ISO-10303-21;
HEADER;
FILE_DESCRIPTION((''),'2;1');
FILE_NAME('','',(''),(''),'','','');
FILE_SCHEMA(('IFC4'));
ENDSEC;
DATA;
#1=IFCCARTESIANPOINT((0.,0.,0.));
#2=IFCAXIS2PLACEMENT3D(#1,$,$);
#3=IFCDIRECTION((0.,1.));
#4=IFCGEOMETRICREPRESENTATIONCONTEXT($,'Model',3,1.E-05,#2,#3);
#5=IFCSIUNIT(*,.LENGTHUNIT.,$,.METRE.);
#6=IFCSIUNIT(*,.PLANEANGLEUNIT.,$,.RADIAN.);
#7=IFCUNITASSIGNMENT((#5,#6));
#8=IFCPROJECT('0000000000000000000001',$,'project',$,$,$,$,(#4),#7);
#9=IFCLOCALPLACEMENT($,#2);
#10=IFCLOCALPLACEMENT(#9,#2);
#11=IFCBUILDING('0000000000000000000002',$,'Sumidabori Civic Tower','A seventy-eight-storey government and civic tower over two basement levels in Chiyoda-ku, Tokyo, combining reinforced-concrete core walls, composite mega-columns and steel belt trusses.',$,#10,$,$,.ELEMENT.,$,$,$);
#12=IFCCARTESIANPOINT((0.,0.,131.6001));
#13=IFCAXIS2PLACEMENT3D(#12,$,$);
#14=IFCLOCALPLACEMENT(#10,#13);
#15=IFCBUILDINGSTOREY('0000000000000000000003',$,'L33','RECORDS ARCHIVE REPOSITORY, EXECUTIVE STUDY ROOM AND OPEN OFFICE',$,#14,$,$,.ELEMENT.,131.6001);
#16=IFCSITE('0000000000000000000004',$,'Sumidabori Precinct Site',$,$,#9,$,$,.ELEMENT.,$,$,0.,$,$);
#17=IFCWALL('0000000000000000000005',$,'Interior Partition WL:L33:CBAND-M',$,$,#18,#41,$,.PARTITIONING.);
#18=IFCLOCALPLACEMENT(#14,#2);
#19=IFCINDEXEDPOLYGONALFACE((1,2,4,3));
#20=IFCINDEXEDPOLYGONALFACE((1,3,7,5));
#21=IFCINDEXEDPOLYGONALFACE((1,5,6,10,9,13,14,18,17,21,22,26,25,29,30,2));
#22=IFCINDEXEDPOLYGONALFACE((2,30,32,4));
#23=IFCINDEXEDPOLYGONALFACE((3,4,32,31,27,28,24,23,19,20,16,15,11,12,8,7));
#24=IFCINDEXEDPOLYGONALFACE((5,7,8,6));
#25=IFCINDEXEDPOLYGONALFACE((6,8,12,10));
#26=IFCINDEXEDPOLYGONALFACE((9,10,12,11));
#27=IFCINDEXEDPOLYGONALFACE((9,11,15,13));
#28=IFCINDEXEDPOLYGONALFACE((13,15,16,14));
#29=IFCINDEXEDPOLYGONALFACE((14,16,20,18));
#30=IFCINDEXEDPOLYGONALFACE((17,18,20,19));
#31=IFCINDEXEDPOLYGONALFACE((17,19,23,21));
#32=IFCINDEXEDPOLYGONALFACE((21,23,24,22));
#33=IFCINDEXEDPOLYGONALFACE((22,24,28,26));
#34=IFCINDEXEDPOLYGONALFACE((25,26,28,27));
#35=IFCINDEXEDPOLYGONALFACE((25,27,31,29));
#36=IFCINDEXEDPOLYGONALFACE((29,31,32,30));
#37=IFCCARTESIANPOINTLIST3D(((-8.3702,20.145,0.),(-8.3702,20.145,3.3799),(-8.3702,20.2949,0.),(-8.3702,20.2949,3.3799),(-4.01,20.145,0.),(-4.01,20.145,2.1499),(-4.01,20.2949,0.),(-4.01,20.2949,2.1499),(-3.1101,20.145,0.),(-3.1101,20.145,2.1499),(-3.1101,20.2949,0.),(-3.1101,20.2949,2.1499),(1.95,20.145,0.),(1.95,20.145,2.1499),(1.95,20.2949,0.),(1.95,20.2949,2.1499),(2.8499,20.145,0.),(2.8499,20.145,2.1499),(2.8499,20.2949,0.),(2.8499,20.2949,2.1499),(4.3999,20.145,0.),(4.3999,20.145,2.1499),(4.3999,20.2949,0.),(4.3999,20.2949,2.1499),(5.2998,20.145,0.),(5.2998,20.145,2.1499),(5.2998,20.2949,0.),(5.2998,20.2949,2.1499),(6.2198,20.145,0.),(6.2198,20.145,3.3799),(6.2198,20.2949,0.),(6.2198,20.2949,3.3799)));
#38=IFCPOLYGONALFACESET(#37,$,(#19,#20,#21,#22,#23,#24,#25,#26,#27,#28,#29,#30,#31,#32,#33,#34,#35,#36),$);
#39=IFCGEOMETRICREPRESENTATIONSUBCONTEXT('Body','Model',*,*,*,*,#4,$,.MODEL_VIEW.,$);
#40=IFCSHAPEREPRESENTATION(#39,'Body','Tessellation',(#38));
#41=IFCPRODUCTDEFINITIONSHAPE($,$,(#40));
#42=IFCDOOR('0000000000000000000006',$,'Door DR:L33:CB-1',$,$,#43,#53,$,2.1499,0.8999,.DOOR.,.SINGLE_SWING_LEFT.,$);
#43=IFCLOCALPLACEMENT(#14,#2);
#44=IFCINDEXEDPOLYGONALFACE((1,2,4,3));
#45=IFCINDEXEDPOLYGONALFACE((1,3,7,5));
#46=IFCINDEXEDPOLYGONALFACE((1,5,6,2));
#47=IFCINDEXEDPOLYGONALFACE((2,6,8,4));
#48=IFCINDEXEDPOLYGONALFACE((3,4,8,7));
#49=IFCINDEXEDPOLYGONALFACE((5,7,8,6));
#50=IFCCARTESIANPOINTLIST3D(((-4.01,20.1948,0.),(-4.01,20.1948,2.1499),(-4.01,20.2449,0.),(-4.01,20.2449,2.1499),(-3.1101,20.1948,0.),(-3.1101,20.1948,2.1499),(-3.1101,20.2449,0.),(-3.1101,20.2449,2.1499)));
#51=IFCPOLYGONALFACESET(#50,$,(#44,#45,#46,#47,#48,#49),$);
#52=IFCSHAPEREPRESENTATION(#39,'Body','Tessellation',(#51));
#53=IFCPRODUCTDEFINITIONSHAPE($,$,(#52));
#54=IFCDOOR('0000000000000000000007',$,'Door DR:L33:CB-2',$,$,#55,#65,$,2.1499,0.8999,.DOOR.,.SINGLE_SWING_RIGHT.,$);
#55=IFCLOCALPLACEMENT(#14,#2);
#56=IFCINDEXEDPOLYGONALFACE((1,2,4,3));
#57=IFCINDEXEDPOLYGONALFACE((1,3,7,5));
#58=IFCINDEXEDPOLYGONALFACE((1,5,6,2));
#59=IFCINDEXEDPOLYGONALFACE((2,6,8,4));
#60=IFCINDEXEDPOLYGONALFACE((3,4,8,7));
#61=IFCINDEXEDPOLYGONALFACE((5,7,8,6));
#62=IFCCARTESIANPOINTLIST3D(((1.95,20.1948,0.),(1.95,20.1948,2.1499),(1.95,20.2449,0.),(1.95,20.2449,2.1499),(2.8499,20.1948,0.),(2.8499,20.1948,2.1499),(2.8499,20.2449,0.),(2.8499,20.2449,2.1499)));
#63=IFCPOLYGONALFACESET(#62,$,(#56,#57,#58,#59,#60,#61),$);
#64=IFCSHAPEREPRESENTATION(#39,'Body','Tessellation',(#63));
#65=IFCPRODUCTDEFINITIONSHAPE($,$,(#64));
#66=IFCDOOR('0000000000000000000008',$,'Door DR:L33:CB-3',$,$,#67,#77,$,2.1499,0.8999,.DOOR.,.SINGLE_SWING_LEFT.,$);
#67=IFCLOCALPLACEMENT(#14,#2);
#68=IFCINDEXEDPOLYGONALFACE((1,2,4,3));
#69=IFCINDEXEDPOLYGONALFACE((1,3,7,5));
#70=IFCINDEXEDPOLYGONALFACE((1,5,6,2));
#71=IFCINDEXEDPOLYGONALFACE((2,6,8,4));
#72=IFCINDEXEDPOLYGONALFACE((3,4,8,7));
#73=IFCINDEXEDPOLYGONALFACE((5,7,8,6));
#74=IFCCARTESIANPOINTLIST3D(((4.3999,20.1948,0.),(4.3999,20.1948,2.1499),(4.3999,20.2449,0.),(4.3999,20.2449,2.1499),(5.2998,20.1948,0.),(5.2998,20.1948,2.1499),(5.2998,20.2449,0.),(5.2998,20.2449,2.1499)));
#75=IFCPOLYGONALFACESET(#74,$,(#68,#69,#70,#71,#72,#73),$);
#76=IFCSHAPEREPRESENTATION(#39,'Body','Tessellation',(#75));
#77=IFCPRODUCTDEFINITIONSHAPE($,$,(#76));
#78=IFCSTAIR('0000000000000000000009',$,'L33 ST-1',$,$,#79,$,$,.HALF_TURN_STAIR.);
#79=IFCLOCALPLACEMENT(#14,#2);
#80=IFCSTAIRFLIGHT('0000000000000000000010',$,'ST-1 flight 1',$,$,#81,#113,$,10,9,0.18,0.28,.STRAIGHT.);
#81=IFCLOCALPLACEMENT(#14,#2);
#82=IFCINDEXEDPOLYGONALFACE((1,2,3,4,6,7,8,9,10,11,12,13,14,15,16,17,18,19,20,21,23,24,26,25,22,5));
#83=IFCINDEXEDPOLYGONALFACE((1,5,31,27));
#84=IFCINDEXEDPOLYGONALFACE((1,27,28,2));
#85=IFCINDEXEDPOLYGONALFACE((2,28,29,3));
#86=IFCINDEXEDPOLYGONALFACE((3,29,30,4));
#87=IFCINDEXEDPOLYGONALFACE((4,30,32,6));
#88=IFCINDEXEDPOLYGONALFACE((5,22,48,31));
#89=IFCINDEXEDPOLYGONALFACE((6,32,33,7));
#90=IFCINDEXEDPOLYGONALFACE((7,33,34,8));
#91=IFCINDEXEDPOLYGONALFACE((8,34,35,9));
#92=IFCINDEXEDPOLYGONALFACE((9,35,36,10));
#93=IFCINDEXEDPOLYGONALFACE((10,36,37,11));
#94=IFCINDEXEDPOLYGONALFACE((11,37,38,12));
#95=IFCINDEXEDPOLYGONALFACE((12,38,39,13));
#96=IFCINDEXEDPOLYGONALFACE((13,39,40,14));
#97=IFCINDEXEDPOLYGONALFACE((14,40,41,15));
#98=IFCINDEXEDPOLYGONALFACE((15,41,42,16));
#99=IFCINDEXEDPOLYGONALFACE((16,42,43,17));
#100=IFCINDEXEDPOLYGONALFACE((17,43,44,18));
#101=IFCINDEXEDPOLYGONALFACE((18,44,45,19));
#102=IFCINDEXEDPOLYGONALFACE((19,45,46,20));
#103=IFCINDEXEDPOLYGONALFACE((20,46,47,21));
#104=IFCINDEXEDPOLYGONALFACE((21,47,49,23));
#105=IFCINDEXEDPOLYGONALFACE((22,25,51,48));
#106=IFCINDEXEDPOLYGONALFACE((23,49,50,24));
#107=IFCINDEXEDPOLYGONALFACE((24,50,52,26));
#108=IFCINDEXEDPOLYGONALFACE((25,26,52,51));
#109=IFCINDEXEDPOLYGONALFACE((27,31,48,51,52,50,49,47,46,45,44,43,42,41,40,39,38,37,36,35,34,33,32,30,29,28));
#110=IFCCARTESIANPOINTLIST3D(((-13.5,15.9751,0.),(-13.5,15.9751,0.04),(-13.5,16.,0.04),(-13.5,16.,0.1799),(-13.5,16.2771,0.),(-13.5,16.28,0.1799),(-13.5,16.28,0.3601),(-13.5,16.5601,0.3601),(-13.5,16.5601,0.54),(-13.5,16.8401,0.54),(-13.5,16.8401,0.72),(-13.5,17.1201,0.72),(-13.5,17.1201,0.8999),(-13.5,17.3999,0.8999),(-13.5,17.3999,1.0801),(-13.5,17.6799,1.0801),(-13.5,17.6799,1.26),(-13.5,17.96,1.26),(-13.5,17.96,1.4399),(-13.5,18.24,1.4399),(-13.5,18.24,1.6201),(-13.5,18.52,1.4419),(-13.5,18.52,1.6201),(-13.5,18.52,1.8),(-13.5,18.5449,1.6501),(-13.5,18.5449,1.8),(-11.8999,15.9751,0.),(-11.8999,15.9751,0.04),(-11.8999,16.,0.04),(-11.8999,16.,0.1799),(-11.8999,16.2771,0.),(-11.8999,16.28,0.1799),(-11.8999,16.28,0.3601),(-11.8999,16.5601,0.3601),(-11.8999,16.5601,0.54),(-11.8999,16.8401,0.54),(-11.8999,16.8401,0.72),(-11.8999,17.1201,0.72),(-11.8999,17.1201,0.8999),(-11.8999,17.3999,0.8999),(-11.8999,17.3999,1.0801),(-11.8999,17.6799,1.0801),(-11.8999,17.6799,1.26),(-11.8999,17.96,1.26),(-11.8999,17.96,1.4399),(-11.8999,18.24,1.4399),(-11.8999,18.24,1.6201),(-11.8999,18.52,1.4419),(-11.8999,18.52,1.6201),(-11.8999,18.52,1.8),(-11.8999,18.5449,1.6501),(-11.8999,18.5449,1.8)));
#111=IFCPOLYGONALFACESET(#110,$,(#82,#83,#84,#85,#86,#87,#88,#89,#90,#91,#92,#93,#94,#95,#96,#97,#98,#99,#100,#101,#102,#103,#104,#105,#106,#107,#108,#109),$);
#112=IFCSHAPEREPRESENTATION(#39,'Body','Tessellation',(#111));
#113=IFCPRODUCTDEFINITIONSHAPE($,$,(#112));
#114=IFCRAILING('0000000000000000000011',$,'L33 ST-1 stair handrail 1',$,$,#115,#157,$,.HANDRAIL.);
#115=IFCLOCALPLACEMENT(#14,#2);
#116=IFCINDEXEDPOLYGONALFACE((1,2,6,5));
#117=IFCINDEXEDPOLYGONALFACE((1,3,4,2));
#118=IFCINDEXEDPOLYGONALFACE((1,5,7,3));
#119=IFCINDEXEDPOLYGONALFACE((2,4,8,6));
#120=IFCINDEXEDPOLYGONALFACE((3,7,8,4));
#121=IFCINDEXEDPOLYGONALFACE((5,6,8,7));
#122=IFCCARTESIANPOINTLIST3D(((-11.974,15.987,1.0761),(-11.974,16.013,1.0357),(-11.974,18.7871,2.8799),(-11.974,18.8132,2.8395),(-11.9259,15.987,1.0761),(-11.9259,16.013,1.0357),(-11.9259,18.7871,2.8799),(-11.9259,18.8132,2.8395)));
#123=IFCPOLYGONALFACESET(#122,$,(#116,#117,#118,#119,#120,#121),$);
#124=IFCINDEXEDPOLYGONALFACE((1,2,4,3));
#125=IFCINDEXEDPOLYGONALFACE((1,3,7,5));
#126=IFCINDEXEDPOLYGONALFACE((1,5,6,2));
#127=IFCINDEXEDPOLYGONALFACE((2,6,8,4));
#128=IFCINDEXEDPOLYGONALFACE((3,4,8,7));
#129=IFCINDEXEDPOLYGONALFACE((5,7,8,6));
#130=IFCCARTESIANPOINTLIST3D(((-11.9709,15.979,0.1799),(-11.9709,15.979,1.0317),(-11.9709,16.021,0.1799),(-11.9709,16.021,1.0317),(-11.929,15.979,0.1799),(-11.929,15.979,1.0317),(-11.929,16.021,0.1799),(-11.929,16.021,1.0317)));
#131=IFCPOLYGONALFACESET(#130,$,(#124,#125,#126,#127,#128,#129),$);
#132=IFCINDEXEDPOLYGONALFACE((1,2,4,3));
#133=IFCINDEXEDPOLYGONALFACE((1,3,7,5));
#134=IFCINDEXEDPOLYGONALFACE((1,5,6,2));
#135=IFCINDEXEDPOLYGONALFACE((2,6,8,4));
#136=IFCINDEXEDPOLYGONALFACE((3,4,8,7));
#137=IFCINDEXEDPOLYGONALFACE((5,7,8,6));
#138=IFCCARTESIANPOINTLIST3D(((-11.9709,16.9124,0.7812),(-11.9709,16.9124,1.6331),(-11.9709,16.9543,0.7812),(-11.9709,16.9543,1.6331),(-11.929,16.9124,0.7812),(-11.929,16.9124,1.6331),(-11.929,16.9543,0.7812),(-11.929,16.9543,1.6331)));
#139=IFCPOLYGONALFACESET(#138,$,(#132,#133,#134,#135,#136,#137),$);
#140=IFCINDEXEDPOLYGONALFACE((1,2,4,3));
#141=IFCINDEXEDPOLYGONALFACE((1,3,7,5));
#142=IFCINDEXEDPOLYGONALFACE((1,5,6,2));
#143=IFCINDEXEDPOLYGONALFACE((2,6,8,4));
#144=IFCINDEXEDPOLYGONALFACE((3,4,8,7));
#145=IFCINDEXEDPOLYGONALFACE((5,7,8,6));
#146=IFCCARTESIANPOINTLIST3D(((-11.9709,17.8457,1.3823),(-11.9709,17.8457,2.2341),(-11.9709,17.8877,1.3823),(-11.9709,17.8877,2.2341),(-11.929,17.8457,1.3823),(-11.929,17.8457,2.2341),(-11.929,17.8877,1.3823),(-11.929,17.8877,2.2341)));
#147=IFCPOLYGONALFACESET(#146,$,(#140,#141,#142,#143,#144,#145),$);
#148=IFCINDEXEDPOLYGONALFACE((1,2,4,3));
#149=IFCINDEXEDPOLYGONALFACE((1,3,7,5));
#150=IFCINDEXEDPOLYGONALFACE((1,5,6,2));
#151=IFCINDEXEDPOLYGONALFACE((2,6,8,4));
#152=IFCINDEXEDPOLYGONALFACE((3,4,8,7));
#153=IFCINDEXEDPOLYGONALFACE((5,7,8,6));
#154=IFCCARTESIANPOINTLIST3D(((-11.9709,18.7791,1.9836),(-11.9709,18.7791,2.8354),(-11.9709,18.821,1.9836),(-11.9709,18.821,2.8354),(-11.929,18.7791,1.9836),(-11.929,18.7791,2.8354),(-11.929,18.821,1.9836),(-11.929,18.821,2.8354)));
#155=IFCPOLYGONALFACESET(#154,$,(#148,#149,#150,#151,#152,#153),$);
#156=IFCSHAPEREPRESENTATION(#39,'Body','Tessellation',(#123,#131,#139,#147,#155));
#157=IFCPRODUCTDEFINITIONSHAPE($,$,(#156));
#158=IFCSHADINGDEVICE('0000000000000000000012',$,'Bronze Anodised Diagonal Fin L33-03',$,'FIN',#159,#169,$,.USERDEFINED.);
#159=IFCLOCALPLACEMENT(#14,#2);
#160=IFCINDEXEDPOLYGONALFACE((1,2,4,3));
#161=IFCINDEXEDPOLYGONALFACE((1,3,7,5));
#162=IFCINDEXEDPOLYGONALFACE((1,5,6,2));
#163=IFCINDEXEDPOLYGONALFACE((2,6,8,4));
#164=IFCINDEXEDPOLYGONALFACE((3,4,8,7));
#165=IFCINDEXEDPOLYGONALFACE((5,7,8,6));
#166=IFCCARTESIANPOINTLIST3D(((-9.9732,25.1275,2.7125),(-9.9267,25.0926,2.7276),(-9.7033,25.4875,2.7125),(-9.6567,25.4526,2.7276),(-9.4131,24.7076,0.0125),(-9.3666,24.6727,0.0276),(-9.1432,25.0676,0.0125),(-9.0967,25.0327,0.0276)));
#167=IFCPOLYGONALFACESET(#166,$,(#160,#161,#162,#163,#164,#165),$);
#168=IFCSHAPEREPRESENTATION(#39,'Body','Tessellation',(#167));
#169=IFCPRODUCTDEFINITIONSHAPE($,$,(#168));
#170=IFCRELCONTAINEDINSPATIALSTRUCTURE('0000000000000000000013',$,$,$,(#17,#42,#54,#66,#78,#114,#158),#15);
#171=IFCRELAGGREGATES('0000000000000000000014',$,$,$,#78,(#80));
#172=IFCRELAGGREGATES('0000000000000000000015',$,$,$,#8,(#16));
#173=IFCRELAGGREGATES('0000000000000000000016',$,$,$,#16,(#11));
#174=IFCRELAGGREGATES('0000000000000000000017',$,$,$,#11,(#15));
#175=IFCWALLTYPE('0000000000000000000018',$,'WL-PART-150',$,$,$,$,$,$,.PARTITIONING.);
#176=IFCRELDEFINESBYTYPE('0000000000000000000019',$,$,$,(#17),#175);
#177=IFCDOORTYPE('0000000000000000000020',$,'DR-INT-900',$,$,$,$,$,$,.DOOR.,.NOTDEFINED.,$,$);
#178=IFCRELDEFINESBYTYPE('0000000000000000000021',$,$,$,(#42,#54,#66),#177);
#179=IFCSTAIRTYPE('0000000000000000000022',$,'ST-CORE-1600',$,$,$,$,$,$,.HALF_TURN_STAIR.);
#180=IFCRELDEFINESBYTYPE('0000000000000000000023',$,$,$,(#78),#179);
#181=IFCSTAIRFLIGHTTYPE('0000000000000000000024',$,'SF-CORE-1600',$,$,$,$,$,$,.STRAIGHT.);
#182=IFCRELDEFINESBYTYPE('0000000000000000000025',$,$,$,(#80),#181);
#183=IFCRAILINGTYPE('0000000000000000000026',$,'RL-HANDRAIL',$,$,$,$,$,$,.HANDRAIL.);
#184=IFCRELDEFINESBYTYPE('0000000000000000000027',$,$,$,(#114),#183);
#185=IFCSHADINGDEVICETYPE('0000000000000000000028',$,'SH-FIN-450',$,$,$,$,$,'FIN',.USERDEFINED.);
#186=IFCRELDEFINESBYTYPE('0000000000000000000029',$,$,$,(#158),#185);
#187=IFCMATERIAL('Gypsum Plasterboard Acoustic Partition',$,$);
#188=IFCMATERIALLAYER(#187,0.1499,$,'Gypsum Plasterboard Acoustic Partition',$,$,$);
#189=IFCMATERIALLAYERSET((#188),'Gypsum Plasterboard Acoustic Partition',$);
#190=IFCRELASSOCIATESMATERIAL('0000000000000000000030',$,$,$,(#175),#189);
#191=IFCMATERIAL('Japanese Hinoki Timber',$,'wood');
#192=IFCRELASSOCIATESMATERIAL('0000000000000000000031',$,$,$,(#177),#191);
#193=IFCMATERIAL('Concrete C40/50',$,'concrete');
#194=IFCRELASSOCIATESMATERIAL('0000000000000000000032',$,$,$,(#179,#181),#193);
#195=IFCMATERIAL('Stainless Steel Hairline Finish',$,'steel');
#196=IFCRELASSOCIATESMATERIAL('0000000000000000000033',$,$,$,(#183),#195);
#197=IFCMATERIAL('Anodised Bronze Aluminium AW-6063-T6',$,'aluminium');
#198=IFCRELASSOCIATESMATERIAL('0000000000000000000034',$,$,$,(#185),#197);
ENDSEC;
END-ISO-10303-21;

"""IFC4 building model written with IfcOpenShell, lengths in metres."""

from ifc_helpers import new_model, si_unit, direction, frame, frame_2d, origin, origin_2d, place, context, subcontext, project, spatial, polyline, rectangle, outline, extrude, source, transform, mapped, material, layer, layer_set, material_profile, profile_set, type_object, element, fill, aggregate, save


model = new_model("IFC4")

# Units and contexts
model_context = context("Model", 3, precision=1e-05, world=origin(), true_north=direction((0.0, 1.0)))
body_context = subcontext(model_context, "Body", "Model", "MODEL_VIEW")
ifc_project = project(units=[si_unit("LENGTHUNIT", "METRE"), si_unit("PLANEANGLEUNIT", "RADIAN")], contexts=[model_context])

# Site, building, storey
site_placement = place(None, origin())
site = spatial("IfcSite", under=ifc_project, at=site_placement, Name="Sumidabori Precinct Site", CompositionType="ELEMENT", RefElevation=0.0)
building_placement = place(site_placement, origin())
building = spatial("IfcBuilding", under=site, at=building_placement, Name="Sumidabori Civic Tower", Description="A seventy-eight-storey government and civic tower over two basement levels in Chiyoda-ku, Tokyo, combining reinforced-concrete core walls, composite mega-columns and steel belt trusses.", CompositionType="ELEMENT")
storey_placement = place(building_placement, frame((0.0, 0.0, 131.6001)))
storey = spatial("IfcBuildingStorey", under=building, at=storey_placement, Name="L33", Description="RECORDS ARCHIVE REPOSITORY, EXECUTIVE STUDY ROOM AND OPEN OFFICE", CompositionType="ELEMENT", Elevation=131.6001)

# Shared definitions
ifc_material_1 = material(Name="Anodised Bronze Aluminium AW-6063-T6", Category="aluminium")

# Shared definitions
ifc_material_2 = material(Name="Gypsum Plasterboard Acoustic Partition")
ifc_layer_1 = layer(ifc_material_2, 0.1499, Name="Gypsum Plasterboard Acoustic Partition")
ifc_layer_set_1 = layer_set([ifc_layer_1], Name="Gypsum Plasterboard Acoustic Partition")
wall_type_1 = type_object("IfcWallType", Name="WL-PART-150", PredefinedType="PARTITIONING", material=ifc_layer_set_1)

# Wall, openings, doors
shared_shape_1 = source(origin(), body_context, "Body", "SweptSolid", [
    extrude(rectangle(XDim=14.5901, YDim=0.1499, at=frame_2d((7.2949, 0.0))), origin(), (0.0, 0.0, 1.0), 3.3799),
])
wall_1_placement = place(storey_placement, frame((-8.3701, 20.22, 0.0), z_axis=(0.0, 0.0, 1.0), x_axis=(1.0, 0.0, 0.0)))
wall_1 = element("IfcWall", 1, at=wall_1_placement, inside=storey, type_object=wall_type_1, Name="Interior Partition WL:L33:CBAND-M", PredefinedType="PARTITIONING", context=body_context, shape_type="MappedRepresentation", body=[
    mapped(shared_shape_1, transform((0.0, 0.0, 0.0), x_axis=(1.0, 0.0, 0.0), y_axis=(0.0, 1.0, 0.0), z_axis=(0.0, 0.0, 1.0), scale=1.0)),
])
opening_1_placement = place(wall_1_placement, frame((4.3601, 0.0, 0.0)))
opening_1 = element("IfcOpeningElement", 2, at=opening_1_placement, cuts=wall_1, PredefinedType="OPENING", context=body_context, shape_type="SweptSolid", body=[
    extrude(rectangle(XDim=0.8999, YDim=2.1499, at=frame_2d((0.45, 1.075))), frame((0.0, 0.0869, 0.0), z_axis=(0.0, -1.0, 0.0), x_axis=(1.0, 0.0, 0.0)), (0.0, 0.0, 1.0), 0.1738),
])
opening_2_placement = place(wall_1_placement, frame((10.3201, 0.0, 0.0)))
opening_2 = element("IfcOpeningElement", 3, at=opening_2_placement, cuts=wall_1, PredefinedType="OPENING", context=body_context, shape_type="SweptSolid", body=[
    extrude(rectangle(XDim=0.8999, YDim=2.1499, at=frame_2d((0.45, 1.075))), frame((0.0, 0.0869, 0.0), z_axis=(0.0, -1.0, 0.0), x_axis=(1.0, 0.0, 0.0)), (0.0, 0.0, 1.0), 0.1738),
])
opening_3_placement = place(wall_1_placement, frame((12.77, 0.0, 0.0)))
opening_3 = element("IfcOpeningElement", 4, at=opening_3_placement, cuts=wall_1, PredefinedType="OPENING", context=body_context, shape_type="SweptSolid", body=[
    extrude(rectangle(XDim=0.8999, YDim=2.1499, at=frame_2d((0.45, 1.075))), frame((0.0, 0.0869, 0.0), z_axis=(0.0, -1.0, 0.0), x_axis=(1.0, 0.0, 0.0)), (0.0, 0.0, 1.0), 0.1738),
])
ifc_material_3 = material(Name="Japanese Hinoki Timber", Category="wood")
door_type = type_object("IfcDoorType", Name="DR-INT-900", OperationType="NOTDEFINED", PredefinedType="DOOR", material=ifc_material_3)
shared_shape_2 = source(origin(), body_context, "Body", "SweptSolid", [
    extrude(rectangle(XDim=0.8999, YDim=2.1499, at=frame_2d((0.45, 1.075))), frame((0.0, 0.0249, 0.0), z_axis=(0.0, -1.0, 0.0), x_axis=(1.0, 0.0, 0.0)), (0.0, 0.0, 1.0), 0.05),
])
door_1_placement = place(opening_1_placement, origin())
door_1 = element("IfcDoor", 5, at=door_1_placement, inside=storey, type_object=door_type, Name="Door DR:L33:CB-1", OperationType="SINGLE_SWING_LEFT", OverallHeight=2.1499, OverallWidth=0.8999, PredefinedType="DOOR", context=body_context, shape_type="MappedRepresentation", body=[
    mapped(shared_shape_2, transform((0.0, 0.0, 0.0), x_axis=(1.0, 0.0, 0.0), y_axis=(0.0, 1.0, 0.0), z_axis=(0.0, 0.0, 1.0), scale=1.0)),
])
fill(opening_1, door_1)
door_2_placement = place(opening_2_placement, origin())
door_2 = element("IfcDoor", 6, at=door_2_placement, inside=storey, type_object=door_type, Name="Door DR:L33:CB-2", OperationType="SINGLE_SWING_RIGHT", OverallHeight=2.1499, OverallWidth=0.8999, PredefinedType="DOOR", context=body_context, shape_type="MappedRepresentation", body=[
    mapped(shared_shape_2, transform((0.0, 0.0, 0.0), x_axis=(1.0, 0.0, 0.0), y_axis=(0.0, 1.0, 0.0), z_axis=(0.0, 0.0, 1.0), scale=1.0)),
])
fill(opening_2, door_2)
door_3_placement = place(opening_3_placement, origin())
door_3 = element("IfcDoor", 7, at=door_3_placement, inside=storey, type_object=door_type, Name="Door DR:L33:CB-3", OperationType="SINGLE_SWING_LEFT", OverallHeight=2.1499, OverallWidth=0.8999, PredefinedType="DOOR", context=body_context, shape_type="MappedRepresentation", body=[
    mapped(shared_shape_2, transform((0.0, 0.0, 0.0), x_axis=(1.0, 0.0, 0.0), y_axis=(0.0, 1.0, 0.0), z_axis=(0.0, 0.0, 1.0), scale=1.0)),
])
fill(opening_3, door_3)

# Stair, stair flight
ifc_material_4 = material(Name="Concrete C40/50", Category="concrete")
stair_type = type_object("IfcStairType", Name="ST-CORE-1600", PredefinedType="HALF_TURN_STAIR", material=ifc_material_4)
stair_placement = place(storey_placement, origin())
stair = element("IfcStair", 8, at=stair_placement, inside=storey, type_object=stair_type, Name="L33 ST-1", PredefinedType="HALF_TURN_STAIR")
stair_flight_type = type_object("IfcStairFlightType", Name="SF-CORE-1600", PredefinedType="STRAIGHT", material=ifc_material_4)
shared_shape_3 = source(origin(), body_context, "Body", "SweptSolid", [
    extrude(outline(polyline([(-0.0249, 0.0), (-0.0249, 0.04), (0.0, 0.04), (0.0, 0.1799), (0.28, 0.1799), (0.28, 0.3601), (0.5601, 0.3601), (0.5601, 0.54), (0.8401, 0.54), (0.8401, 0.72), (1.1201, 0.72), (1.1201, 0.8999), (1.3999, 0.8999), (1.3999, 1.0801), (1.6799, 1.0801), (1.6799, 1.26), (1.96, 1.26), (1.96, 1.4399), (2.24, 1.4399), (2.24, 1.6201), (2.52, 1.6201), (2.52, 1.8), (2.5449, 1.8), (2.5449, 1.6501), (2.52, 1.4419), (0.2771, 0.0), (-0.0249, 0.0)])), frame((0.0, 0.8, 0.0), z_axis=(0.0, -1.0, 0.0), x_axis=(1.0, 0.0, 0.0)), (0.0, 0.0, 1.0), 1.6001),
])
stair_flight_placement = place(storey_placement, frame((-12.7, 16.0, 0.0), z_axis=(0.0, 0.0, 1.0), x_axis=(0.0, 1.0, 0.0)))
stair_flight = element("IfcStairFlight", 9, at=stair_flight_placement, type_object=stair_flight_type, Name="ST-1 flight 1", NumberOfRisers=10, NumberOfTreads=9, PredefinedType="STRAIGHT", RiserHeight=0.18, TreadLength=0.28, context=body_context, shape_type="MappedRepresentation", body=[
    mapped(shared_shape_3, transform((0.0, 0.0, 0.0), x_axis=(1.0, 0.0, 0.0), y_axis=(0.0, 1.0, 0.0), z_axis=(0.0, 0.0, 1.0), scale=1.0)),
])
aggregate(stair, [stair_flight])

# Railing
ifc_material_5 = material(Name="Stainless Steel Hairline Finish", Category="steel")
railing_type = type_object("IfcRailingType", Name="RL-HANDRAIL", PredefinedType="HANDRAIL", material=ifc_material_5)
railing_placement = place(storey_placement, frame((-11.95, 16.0, 0.1799)))
element("IfcRailing", 10, at=railing_placement, inside=storey, type_object=railing_type, Name="L33 ST-1 stair handrail 1", PredefinedType="HANDRAIL", context=body_context, shape_type="SweptSolid", body=[
    extrude(rectangle(XDim=0.0481, YDim=0.0481, at=origin_2d()), frame((0.0, 0.0, 0.876), z_axis=(0.0, 0.840676, 0.541539), x_axis=(-1.0, 0.0, 0.0)), (0.0, 0.0, 1.0), 3.3308),
    extrude(rectangle(XDim=0.042, YDim=0.042, at=origin_2d()), origin(), (0.0, 0.0, 1.0), 0.8518),
    extrude(rectangle(XDim=0.042, YDim=0.042, at=origin_2d()), frame((0.0, 0.9333, 0.6013)), (0.0, 0.0, 1.0), 0.8518),
    extrude(rectangle(XDim=0.042, YDim=0.042, at=origin_2d()), frame((0.0, 1.8667, 1.2024)), (0.0, 0.0, 1.0), 0.8518),
    extrude(rectangle(XDim=0.042, YDim=0.042, at=origin_2d()), frame((0.0, 2.8, 1.8037)), (0.0, 0.0, 1.0), 0.8518),
])

# Shading device
ifc_material_profile_1 = material_profile(ifc_material_1, rectangle(XDim=0.0601, YDim=0.45, at=origin_2d()), Name="BRONZE FIN 450x60")
ifc_profile_set_1 = profile_set([ifc_material_profile_1], Name="Anodised Bronze Aluminium AW-6063-T6")
shading_device_type = type_object("IfcShadingDeviceType", Name="SH-FIN-450", ElementType="FIN", PredefinedType="USERDEFINED", material=ifc_profile_set_1)
shared_shape_4 = source(origin(), body_context, "Body", "SweptSolid", [
    extrude(rectangle(XDim=0.0601, YDim=0.45, at=origin_2d()), origin(), (0.0, 0.0, 1.0), 2.7893),
])
shading_device_placement = place(storey_placement, frame((-9.2549, 24.8701, 0.02), z_axis=(-0.200794, 0.150552, 0.967996), x_axis=(0.774478, -0.580689, 0.250966)))
element("IfcShadingDevice", 11, at=shading_device_placement, inside=storey, type_object=shading_device_type, Name="Bronze Anodised Diagonal Fin L33-03", ObjectType="FIN", PredefinedType="USERDEFINED", context=body_context, shape_type="MappedRepresentation", body=[
    mapped(shared_shape_4, transform((0.0, 0.0, 0.0), x_axis=(1.0, 0.0, 0.0), y_axis=(0.0, 1.0, 0.0), z_axis=(0.0, 0.0, 1.0), scale=1.0)),
])

save(model, "model.ifc")
